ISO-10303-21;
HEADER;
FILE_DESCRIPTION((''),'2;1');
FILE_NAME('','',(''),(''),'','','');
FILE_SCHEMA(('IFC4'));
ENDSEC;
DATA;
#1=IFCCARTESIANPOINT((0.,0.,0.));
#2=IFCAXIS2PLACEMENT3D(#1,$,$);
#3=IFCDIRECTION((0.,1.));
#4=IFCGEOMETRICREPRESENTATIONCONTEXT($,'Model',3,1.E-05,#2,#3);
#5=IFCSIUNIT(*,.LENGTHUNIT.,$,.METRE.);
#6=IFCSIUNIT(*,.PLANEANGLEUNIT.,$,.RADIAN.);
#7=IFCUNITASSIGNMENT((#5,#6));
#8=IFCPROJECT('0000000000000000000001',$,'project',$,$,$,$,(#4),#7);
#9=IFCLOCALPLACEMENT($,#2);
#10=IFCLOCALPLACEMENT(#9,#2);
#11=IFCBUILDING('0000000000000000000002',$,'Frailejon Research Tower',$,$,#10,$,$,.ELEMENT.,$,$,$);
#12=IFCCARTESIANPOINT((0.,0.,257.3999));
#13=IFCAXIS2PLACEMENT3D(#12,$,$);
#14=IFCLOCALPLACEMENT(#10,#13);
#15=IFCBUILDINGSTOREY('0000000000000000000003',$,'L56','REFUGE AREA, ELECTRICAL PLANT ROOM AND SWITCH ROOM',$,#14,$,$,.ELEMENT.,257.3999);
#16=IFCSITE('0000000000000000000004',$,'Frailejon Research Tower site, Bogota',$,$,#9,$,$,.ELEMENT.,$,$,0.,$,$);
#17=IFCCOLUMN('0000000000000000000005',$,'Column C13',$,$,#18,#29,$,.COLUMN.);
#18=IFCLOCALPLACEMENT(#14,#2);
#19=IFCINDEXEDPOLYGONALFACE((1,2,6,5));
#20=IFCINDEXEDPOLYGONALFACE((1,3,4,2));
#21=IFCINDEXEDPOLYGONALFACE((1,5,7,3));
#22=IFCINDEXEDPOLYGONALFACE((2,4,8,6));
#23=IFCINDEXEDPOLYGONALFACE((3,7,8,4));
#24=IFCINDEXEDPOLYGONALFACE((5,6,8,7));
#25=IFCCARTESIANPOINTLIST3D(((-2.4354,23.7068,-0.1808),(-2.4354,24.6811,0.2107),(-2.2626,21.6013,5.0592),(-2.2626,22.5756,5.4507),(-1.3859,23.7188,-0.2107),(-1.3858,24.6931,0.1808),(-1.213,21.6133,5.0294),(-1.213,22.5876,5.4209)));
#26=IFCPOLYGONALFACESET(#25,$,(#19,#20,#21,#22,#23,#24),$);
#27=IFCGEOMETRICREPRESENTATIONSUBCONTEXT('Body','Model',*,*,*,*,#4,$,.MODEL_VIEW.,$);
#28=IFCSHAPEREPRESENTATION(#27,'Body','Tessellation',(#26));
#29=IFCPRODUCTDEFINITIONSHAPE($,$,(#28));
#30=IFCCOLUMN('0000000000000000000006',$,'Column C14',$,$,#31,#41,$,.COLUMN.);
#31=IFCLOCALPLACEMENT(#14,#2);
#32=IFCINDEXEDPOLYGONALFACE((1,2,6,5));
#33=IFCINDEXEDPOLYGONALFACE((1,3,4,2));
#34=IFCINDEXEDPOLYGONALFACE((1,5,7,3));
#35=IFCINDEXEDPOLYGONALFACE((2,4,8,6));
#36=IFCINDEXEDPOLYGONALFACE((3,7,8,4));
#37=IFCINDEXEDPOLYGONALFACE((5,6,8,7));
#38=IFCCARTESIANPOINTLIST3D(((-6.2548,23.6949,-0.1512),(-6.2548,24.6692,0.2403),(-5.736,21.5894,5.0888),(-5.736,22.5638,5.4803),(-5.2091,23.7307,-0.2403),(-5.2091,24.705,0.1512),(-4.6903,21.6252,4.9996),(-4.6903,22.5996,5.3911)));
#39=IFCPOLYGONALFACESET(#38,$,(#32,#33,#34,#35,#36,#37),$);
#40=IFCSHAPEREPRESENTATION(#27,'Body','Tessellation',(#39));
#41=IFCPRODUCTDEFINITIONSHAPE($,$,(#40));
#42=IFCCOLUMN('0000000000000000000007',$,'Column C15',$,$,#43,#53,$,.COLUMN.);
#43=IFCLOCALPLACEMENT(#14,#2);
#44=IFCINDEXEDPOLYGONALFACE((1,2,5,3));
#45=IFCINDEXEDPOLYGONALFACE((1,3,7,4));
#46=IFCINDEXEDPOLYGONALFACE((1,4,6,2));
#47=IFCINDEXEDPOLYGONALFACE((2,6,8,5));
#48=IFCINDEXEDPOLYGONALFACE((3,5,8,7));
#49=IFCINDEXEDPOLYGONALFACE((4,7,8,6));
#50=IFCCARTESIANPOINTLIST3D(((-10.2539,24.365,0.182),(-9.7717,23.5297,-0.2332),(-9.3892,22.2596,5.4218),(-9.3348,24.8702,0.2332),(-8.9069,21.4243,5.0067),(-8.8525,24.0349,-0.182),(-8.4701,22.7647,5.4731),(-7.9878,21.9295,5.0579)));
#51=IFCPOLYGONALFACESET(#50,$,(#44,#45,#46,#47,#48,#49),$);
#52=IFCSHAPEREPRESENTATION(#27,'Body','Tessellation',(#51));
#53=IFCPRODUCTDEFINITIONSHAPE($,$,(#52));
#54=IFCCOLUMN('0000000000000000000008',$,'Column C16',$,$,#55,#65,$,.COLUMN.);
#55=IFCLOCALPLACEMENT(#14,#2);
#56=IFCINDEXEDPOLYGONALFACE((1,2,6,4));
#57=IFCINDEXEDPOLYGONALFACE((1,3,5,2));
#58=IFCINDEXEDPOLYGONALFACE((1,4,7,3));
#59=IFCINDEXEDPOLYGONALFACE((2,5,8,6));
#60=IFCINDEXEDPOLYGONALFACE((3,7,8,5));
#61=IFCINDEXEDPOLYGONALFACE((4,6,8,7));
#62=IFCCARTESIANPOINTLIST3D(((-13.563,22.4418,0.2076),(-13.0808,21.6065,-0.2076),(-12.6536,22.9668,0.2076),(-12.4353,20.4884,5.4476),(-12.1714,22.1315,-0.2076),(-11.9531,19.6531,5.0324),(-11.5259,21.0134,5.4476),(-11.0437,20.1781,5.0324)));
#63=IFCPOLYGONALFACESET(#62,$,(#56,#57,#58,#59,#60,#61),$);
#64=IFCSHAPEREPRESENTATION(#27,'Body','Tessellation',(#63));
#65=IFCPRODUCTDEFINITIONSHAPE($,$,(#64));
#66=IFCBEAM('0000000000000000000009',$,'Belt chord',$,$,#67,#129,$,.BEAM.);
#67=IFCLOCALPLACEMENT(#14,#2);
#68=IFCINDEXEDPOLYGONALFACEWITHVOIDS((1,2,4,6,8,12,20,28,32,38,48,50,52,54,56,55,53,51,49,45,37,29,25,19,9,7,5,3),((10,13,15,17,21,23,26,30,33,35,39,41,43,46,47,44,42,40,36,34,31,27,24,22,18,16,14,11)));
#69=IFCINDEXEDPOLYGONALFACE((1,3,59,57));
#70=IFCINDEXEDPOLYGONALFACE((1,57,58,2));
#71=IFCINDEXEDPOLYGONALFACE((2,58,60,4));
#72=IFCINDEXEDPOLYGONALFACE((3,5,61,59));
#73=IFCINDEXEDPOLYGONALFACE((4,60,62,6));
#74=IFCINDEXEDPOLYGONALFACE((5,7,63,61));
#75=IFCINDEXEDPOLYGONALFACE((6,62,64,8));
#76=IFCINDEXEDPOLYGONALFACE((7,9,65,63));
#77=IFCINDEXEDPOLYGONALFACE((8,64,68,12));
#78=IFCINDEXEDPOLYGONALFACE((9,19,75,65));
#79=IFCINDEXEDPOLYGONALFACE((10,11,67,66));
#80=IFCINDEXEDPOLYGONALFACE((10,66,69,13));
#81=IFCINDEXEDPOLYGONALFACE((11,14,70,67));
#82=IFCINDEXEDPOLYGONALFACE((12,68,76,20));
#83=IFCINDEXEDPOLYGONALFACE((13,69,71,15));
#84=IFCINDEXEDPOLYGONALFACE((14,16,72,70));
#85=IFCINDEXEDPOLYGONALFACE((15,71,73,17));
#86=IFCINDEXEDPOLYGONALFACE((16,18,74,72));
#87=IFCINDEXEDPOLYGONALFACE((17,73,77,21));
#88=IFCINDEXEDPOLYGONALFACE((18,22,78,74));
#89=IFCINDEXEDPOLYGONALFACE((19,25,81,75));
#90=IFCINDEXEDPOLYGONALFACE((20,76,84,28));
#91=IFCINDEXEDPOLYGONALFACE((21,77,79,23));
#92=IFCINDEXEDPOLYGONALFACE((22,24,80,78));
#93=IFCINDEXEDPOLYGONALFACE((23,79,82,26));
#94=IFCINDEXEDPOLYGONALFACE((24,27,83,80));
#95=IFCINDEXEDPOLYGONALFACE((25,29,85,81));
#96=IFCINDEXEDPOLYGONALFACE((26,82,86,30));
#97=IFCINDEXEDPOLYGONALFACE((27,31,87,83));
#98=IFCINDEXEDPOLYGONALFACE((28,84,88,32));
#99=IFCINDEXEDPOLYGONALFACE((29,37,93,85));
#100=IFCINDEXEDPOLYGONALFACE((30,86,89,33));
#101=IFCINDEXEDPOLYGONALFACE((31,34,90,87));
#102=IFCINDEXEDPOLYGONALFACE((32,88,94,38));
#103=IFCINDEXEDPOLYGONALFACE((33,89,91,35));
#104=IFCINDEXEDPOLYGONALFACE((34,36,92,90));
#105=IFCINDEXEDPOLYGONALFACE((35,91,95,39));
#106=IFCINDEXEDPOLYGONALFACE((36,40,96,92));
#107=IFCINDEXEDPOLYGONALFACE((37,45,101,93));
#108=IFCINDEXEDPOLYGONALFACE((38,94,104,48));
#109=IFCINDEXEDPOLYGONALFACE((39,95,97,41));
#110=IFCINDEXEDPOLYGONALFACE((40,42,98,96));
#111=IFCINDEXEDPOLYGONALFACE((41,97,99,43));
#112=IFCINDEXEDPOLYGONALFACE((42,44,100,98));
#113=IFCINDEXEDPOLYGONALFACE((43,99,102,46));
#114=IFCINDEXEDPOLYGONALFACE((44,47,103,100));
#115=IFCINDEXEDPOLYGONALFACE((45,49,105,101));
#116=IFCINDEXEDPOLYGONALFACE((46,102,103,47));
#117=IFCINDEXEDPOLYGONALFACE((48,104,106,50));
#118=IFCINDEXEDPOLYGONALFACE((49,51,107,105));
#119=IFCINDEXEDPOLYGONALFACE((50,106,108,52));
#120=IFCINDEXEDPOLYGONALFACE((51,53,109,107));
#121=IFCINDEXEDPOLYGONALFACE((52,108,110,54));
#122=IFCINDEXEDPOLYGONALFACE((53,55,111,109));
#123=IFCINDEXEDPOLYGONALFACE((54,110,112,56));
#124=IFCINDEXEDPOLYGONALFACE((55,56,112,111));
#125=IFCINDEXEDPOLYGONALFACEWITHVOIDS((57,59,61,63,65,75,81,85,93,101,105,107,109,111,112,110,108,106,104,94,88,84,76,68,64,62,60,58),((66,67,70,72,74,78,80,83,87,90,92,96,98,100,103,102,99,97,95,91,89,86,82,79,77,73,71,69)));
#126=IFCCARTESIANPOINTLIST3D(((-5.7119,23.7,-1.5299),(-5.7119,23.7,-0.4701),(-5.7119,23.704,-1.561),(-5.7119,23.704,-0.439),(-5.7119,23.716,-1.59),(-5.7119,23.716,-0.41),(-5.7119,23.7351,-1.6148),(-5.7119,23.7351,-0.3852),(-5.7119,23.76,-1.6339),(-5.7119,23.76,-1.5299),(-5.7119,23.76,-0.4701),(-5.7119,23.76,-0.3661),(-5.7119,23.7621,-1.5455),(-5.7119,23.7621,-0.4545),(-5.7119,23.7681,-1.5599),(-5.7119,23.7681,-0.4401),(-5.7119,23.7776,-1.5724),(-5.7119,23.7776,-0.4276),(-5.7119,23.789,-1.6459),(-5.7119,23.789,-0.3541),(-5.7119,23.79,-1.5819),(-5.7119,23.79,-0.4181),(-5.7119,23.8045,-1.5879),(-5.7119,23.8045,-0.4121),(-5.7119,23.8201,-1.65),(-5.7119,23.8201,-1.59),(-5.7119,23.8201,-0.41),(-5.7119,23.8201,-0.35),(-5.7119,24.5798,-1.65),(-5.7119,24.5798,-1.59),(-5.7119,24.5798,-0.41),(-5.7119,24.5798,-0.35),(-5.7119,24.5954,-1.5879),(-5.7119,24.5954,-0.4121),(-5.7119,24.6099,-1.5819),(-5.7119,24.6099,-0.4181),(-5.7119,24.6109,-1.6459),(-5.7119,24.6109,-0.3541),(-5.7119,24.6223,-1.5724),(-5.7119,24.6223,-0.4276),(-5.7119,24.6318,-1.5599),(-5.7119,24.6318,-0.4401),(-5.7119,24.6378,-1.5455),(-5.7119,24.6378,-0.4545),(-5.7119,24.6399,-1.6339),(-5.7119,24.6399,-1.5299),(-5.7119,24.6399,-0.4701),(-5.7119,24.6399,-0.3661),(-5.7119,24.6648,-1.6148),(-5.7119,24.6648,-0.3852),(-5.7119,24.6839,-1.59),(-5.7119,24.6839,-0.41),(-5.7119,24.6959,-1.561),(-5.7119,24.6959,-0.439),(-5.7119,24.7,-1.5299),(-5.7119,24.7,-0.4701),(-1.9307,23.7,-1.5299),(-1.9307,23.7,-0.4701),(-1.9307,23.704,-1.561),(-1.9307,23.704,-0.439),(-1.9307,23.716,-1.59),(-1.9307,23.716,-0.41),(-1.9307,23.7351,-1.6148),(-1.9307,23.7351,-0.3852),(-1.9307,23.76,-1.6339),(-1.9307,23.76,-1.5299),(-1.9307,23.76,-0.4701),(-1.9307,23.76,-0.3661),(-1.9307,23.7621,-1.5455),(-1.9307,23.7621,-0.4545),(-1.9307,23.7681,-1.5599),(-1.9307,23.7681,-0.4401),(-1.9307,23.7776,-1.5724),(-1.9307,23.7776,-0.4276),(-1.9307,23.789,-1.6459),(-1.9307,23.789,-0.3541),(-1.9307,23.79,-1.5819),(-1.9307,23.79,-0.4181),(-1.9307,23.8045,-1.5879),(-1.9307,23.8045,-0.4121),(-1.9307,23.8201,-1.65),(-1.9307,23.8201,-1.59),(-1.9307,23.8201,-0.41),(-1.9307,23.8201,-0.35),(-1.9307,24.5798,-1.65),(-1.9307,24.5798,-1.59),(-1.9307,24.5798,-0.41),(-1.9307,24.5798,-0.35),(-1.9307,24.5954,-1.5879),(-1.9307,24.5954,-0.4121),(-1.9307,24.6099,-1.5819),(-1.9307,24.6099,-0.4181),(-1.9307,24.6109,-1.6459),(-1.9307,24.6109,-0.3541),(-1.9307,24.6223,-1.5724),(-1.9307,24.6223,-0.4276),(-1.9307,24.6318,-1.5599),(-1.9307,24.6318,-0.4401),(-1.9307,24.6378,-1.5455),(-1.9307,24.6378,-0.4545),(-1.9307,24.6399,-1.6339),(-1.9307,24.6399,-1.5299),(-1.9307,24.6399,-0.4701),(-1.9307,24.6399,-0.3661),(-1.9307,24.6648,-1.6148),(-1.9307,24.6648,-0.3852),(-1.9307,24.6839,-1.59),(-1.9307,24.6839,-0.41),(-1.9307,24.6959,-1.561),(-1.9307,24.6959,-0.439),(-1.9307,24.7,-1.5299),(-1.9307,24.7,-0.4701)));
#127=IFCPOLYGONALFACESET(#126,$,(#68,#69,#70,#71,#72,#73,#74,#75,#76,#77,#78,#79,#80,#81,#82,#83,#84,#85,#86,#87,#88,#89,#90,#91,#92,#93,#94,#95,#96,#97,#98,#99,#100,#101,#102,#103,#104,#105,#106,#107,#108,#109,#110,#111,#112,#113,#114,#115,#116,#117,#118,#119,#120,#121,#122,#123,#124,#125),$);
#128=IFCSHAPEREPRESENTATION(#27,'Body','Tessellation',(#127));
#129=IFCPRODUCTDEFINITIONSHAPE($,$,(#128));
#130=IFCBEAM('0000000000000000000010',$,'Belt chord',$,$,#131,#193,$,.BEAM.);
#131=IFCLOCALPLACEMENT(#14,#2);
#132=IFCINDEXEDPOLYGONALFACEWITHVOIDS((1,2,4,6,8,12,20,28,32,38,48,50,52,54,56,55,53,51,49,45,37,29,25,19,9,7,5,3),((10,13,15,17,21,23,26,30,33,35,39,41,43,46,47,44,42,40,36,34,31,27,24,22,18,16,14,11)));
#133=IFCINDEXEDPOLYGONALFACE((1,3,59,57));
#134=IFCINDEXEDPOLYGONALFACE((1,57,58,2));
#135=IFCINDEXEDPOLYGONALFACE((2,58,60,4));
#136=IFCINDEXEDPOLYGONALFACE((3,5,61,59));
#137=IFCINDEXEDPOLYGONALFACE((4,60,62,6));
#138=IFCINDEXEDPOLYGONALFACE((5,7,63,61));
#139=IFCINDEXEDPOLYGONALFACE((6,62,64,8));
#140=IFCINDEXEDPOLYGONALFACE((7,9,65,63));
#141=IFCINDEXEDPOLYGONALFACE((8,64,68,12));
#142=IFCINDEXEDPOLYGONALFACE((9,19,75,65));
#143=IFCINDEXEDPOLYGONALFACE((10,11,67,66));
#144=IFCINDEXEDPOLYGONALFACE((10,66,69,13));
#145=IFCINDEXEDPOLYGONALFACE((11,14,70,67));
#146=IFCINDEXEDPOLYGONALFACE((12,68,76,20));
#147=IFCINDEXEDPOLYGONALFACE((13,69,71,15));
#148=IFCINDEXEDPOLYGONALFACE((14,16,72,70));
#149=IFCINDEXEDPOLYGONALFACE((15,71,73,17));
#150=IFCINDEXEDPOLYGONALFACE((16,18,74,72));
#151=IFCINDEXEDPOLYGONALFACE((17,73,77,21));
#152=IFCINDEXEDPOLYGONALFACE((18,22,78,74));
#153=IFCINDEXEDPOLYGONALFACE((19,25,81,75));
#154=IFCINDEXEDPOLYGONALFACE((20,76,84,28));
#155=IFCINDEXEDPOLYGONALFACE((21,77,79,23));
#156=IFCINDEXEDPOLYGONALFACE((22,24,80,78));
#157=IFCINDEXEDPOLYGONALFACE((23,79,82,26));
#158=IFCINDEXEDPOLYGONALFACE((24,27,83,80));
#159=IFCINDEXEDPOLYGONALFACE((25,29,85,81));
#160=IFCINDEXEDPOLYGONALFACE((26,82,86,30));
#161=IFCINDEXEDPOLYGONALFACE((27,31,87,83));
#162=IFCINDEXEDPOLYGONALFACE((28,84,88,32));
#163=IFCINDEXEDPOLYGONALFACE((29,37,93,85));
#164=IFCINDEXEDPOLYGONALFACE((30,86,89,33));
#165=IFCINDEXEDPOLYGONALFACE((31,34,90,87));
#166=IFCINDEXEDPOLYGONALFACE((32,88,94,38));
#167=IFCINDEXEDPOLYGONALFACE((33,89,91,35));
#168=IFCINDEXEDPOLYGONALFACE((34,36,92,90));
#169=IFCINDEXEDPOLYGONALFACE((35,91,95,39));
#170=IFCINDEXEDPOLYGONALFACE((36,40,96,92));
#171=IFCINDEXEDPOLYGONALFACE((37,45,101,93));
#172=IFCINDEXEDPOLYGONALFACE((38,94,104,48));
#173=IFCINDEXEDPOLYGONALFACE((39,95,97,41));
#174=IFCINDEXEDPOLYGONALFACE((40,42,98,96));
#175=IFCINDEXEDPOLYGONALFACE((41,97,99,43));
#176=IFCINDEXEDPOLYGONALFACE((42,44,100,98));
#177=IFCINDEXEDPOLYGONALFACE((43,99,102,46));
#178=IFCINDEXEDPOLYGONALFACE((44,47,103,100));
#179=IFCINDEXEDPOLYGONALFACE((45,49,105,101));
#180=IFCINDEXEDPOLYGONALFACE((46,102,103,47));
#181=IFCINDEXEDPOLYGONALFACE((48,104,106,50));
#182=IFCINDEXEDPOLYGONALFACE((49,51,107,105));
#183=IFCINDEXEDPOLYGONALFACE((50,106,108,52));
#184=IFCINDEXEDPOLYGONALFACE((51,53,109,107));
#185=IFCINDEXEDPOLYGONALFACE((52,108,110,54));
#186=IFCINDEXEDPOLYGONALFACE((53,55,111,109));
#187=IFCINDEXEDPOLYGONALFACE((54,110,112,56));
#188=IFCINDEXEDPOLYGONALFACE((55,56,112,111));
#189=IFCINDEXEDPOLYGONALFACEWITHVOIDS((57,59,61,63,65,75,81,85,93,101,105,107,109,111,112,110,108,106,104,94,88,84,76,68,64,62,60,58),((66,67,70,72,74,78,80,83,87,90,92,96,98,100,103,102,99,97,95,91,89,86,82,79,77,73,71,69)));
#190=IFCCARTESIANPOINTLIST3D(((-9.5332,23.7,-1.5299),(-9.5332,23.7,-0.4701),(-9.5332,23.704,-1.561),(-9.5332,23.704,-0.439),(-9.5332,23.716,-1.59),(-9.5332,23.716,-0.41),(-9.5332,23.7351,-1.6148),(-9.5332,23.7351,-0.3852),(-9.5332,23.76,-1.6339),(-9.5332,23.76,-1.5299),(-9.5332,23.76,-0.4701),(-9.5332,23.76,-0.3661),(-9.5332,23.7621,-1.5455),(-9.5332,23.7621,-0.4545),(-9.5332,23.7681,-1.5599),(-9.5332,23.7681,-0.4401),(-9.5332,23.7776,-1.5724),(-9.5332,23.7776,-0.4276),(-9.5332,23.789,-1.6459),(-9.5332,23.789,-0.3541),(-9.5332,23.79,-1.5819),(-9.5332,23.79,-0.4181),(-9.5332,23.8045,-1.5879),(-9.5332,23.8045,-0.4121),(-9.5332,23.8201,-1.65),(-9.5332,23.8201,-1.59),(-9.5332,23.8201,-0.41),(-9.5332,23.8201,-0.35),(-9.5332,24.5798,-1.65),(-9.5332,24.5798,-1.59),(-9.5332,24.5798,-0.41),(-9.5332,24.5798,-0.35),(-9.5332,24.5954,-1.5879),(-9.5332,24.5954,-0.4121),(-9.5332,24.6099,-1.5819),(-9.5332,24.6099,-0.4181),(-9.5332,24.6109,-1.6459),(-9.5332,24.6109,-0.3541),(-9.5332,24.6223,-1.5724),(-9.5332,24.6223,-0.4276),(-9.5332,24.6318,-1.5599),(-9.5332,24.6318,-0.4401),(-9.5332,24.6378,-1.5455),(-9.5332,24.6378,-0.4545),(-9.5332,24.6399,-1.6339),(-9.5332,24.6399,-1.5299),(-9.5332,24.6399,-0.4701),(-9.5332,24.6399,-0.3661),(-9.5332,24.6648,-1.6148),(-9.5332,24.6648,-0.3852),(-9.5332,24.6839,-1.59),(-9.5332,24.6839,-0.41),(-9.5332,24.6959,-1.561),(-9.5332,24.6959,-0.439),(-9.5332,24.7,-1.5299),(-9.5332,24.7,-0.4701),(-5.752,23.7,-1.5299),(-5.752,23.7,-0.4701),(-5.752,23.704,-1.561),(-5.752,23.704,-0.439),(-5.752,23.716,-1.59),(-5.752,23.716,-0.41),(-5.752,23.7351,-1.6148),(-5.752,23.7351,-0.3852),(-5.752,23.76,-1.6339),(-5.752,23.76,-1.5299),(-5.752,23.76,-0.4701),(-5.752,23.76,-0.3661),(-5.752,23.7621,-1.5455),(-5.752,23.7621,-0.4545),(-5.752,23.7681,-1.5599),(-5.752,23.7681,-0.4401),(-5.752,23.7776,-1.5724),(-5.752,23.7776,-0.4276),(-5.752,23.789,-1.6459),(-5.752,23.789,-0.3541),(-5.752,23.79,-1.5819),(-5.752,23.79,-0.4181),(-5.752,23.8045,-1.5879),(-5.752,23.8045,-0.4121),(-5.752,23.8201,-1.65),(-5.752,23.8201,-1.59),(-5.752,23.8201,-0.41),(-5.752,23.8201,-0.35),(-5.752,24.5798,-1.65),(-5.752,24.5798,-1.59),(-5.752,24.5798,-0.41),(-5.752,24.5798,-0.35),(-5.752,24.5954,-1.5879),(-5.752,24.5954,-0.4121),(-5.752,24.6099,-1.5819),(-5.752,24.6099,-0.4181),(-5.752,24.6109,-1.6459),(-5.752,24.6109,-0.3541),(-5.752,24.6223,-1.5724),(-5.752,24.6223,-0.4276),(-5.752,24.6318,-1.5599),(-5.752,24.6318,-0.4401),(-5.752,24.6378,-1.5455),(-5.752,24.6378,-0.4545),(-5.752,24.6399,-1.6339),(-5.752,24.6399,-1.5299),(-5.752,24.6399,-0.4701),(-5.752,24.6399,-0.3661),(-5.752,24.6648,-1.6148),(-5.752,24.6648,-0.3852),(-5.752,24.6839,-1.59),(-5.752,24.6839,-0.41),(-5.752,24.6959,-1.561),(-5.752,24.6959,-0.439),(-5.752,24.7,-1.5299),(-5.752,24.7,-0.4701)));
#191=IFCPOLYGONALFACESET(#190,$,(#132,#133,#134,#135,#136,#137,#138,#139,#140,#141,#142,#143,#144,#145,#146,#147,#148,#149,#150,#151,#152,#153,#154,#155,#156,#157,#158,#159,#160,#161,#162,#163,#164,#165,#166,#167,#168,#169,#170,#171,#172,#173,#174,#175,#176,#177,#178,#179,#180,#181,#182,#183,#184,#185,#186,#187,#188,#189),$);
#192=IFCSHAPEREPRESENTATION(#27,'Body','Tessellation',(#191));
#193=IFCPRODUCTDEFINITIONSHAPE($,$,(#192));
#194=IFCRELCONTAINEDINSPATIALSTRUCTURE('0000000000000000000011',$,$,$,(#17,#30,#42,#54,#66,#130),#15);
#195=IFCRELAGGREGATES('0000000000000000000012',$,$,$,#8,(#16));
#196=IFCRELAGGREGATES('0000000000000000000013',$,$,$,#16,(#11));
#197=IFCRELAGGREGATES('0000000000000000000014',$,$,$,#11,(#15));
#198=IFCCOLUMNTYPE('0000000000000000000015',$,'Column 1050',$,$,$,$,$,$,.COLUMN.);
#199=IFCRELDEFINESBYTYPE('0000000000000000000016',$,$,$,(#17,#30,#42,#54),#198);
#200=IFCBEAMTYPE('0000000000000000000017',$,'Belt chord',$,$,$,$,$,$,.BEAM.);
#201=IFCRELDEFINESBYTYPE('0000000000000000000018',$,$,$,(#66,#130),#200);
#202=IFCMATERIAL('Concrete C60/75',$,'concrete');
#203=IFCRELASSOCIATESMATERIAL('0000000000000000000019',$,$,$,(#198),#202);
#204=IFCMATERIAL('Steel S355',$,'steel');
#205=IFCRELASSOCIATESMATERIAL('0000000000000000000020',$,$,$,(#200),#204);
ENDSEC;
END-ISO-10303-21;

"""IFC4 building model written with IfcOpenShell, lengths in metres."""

from ifc_helpers import new_model, si_unit, direction, frame, origin, origin_2d, place, context, subcontext, project, spatial, rectangle, hollow_rectangle, extrude, material, material_profile, profile_set, type_object, element, save


model = new_model("IFC4")

# Units and contexts
model_context = context("Model", 3, precision=1e-05, world=origin(), true_north=direction((0.0, 1.0)))
body_context = subcontext(model_context, "Body", "Model", "MODEL_VIEW")
ifc_project = project(units=[si_unit("LENGTHUNIT", "METRE"), si_unit("PLANEANGLEUNIT", "RADIAN")], contexts=[model_context])

# Site, building, storey
site_placement = place(None, origin())
site = spatial("IfcSite", under=ifc_project, at=site_placement, Name="Frailejon Research Tower site, Bogota", CompositionType="ELEMENT", RefElevation=0.0)
building_placement = place(site_placement, origin())
building = spatial("IfcBuilding", under=site, at=building_placement, Name="Frailejon Research Tower", CompositionType="ELEMENT")
storey_placement = place(building_placement, frame((0.0, 0.0, 257.3999)))
storey = spatial("IfcBuildingStorey", under=building, at=storey_placement, Name="L56", Description="REFUGE AREA, ELECTRICAL PLANT ROOM AND SWITCH ROOM", CompositionType="ELEMENT", Elevation=257.3999)

# Columns
ifc_material_1 = material(Name="Concrete C60/75", Category="concrete")
ifc_material_profile_1 = material_profile(ifc_material_1, rectangle(XDim=1.05, YDim=1.05, at=origin_2d()), Name="Column 1050")
ifc_profile_set_1 = profile_set([ifc_material_profile_1], Name="Concrete C60/75")
column_type = type_object("IfcColumnType", Name="Column 1050", PredefinedType="COLUMN", material=ifc_profile_set_1)
column_1_placement = place(storey_placement, frame((-1.9106, 24.2, 0.0), z_axis=(0.030594, -0.372662, 0.927463), x_axis=(-0.999532, -0.011374, 0.028401)))
element("IfcColumn", 1, at=column_1_placement, inside=storey, type_object=column_type, Name="Column C13", PredefinedType="COLUMN", context=body_context, shape_type="SweptSolid", body=[
    extrude(rectangle(XDim=1.05, YDim=1.05, at=origin_2d()), origin(), (0.0, 0.0, 1.0), 5.6499),
])
column_2_placement = place(storey_placement, frame((-5.7319, 24.2, 0.0), z_axis=(0.091484, -0.371273, 0.924006), x_axis=(-0.995807, -0.034111, 0.084886)))
element("IfcColumn", 2, at=column_2_placement, inside=storey, type_object=column_type, Name="Column C14", PredefinedType="COLUMN", context=body_context, shape_type="SweptSolid", body=[
    extrude(rectangle(XDim=1.05, YDim=1.05, at=origin_2d()), origin(), (0.0, 0.0, 1.0), 5.6709),
])
column_3_placement = place(storey_placement, frame((-9.5532, 24.2, 0.0), z_axis=(0.151365, -0.36854, 0.917206), x_axis=(-0.875313, -0.481084, -0.048852)))
element("IfcColumn", 3, at=column_3_placement, inside=storey, type_object=column_type, Name="Column C15", PredefinedType="COLUMN", context=body_context, shape_type="SweptSolid", body=[
    extrude(rectangle(XDim=1.05, YDim=1.05, at=origin_2d()), origin(), (0.0, 0.0, 1.0), 5.7129),
])
column_4_placement = place(storey_placement, frame((-12.8672, 22.2866, 0.0), z_axis=(0.197673, -0.342408, 0.918522), x_axis=(-0.866046, -0.499964, 0.000003)))
element("IfcColumn", 4, at=column_4_placement, inside=storey, type_object=column_type, Name="Column C16", PredefinedType="COLUMN", context=body_context, shape_type="SweptSolid", body=[
    extrude(rectangle(XDim=1.05, YDim=1.05, at=origin_2d()), origin(), (0.0, 0.0, 1.0), 5.7048),
])

# Beams
ifc_material_2 = material(Name="Steel S355", Category="steel")
ifc_material_profile_2 = material_profile(ifc_material_2, hollow_rectangle(XDim=1.0, YDim=1.3, WallThickness=0.0601, InnerFilletRadius=0.0601, OuterFilletRadius=0.1201, at=origin_2d()), Name="Belt chord")
ifc_profile_set_2 = profile_set([ifc_material_profile_2], Name="Steel S355")
beam_type_1 = type_object("IfcBeamType", Name="Belt chord", PredefinedType="BEAM", material=ifc_profile_set_2)
for number, where, z_axis, x_axis, name in (
    (5, (-1.9307, 24.2, -1.0), (-1.0, 0.0, 0.0), (0.0, -1.0, 0.0), "Belt chord"),
    (6, (-5.752, 24.2, -1.0), (-1.0, 0.0, 0.0), (0.0, -1.0, 0.0), "Belt chord"),
):
    element("IfcBeam", number, at=place(storey_placement, frame(where, z_axis=z_axis, x_axis=x_axis)), inside=storey, type_object=beam_type_1, Name=name, PredefinedType="BEAM", context=body_context, shape_type="SweptSolid", body=[
        extrude(hollow_rectangle(XDim=1.0, YDim=1.3, WallThickness=0.0601, InnerFilletRadius=0.0601, OuterFilletRadius=0.1201, at=origin_2d()), origin(), (0.0, 0.0, 1.0), 3.7812),
    ])

save(model, "model.ifc")
